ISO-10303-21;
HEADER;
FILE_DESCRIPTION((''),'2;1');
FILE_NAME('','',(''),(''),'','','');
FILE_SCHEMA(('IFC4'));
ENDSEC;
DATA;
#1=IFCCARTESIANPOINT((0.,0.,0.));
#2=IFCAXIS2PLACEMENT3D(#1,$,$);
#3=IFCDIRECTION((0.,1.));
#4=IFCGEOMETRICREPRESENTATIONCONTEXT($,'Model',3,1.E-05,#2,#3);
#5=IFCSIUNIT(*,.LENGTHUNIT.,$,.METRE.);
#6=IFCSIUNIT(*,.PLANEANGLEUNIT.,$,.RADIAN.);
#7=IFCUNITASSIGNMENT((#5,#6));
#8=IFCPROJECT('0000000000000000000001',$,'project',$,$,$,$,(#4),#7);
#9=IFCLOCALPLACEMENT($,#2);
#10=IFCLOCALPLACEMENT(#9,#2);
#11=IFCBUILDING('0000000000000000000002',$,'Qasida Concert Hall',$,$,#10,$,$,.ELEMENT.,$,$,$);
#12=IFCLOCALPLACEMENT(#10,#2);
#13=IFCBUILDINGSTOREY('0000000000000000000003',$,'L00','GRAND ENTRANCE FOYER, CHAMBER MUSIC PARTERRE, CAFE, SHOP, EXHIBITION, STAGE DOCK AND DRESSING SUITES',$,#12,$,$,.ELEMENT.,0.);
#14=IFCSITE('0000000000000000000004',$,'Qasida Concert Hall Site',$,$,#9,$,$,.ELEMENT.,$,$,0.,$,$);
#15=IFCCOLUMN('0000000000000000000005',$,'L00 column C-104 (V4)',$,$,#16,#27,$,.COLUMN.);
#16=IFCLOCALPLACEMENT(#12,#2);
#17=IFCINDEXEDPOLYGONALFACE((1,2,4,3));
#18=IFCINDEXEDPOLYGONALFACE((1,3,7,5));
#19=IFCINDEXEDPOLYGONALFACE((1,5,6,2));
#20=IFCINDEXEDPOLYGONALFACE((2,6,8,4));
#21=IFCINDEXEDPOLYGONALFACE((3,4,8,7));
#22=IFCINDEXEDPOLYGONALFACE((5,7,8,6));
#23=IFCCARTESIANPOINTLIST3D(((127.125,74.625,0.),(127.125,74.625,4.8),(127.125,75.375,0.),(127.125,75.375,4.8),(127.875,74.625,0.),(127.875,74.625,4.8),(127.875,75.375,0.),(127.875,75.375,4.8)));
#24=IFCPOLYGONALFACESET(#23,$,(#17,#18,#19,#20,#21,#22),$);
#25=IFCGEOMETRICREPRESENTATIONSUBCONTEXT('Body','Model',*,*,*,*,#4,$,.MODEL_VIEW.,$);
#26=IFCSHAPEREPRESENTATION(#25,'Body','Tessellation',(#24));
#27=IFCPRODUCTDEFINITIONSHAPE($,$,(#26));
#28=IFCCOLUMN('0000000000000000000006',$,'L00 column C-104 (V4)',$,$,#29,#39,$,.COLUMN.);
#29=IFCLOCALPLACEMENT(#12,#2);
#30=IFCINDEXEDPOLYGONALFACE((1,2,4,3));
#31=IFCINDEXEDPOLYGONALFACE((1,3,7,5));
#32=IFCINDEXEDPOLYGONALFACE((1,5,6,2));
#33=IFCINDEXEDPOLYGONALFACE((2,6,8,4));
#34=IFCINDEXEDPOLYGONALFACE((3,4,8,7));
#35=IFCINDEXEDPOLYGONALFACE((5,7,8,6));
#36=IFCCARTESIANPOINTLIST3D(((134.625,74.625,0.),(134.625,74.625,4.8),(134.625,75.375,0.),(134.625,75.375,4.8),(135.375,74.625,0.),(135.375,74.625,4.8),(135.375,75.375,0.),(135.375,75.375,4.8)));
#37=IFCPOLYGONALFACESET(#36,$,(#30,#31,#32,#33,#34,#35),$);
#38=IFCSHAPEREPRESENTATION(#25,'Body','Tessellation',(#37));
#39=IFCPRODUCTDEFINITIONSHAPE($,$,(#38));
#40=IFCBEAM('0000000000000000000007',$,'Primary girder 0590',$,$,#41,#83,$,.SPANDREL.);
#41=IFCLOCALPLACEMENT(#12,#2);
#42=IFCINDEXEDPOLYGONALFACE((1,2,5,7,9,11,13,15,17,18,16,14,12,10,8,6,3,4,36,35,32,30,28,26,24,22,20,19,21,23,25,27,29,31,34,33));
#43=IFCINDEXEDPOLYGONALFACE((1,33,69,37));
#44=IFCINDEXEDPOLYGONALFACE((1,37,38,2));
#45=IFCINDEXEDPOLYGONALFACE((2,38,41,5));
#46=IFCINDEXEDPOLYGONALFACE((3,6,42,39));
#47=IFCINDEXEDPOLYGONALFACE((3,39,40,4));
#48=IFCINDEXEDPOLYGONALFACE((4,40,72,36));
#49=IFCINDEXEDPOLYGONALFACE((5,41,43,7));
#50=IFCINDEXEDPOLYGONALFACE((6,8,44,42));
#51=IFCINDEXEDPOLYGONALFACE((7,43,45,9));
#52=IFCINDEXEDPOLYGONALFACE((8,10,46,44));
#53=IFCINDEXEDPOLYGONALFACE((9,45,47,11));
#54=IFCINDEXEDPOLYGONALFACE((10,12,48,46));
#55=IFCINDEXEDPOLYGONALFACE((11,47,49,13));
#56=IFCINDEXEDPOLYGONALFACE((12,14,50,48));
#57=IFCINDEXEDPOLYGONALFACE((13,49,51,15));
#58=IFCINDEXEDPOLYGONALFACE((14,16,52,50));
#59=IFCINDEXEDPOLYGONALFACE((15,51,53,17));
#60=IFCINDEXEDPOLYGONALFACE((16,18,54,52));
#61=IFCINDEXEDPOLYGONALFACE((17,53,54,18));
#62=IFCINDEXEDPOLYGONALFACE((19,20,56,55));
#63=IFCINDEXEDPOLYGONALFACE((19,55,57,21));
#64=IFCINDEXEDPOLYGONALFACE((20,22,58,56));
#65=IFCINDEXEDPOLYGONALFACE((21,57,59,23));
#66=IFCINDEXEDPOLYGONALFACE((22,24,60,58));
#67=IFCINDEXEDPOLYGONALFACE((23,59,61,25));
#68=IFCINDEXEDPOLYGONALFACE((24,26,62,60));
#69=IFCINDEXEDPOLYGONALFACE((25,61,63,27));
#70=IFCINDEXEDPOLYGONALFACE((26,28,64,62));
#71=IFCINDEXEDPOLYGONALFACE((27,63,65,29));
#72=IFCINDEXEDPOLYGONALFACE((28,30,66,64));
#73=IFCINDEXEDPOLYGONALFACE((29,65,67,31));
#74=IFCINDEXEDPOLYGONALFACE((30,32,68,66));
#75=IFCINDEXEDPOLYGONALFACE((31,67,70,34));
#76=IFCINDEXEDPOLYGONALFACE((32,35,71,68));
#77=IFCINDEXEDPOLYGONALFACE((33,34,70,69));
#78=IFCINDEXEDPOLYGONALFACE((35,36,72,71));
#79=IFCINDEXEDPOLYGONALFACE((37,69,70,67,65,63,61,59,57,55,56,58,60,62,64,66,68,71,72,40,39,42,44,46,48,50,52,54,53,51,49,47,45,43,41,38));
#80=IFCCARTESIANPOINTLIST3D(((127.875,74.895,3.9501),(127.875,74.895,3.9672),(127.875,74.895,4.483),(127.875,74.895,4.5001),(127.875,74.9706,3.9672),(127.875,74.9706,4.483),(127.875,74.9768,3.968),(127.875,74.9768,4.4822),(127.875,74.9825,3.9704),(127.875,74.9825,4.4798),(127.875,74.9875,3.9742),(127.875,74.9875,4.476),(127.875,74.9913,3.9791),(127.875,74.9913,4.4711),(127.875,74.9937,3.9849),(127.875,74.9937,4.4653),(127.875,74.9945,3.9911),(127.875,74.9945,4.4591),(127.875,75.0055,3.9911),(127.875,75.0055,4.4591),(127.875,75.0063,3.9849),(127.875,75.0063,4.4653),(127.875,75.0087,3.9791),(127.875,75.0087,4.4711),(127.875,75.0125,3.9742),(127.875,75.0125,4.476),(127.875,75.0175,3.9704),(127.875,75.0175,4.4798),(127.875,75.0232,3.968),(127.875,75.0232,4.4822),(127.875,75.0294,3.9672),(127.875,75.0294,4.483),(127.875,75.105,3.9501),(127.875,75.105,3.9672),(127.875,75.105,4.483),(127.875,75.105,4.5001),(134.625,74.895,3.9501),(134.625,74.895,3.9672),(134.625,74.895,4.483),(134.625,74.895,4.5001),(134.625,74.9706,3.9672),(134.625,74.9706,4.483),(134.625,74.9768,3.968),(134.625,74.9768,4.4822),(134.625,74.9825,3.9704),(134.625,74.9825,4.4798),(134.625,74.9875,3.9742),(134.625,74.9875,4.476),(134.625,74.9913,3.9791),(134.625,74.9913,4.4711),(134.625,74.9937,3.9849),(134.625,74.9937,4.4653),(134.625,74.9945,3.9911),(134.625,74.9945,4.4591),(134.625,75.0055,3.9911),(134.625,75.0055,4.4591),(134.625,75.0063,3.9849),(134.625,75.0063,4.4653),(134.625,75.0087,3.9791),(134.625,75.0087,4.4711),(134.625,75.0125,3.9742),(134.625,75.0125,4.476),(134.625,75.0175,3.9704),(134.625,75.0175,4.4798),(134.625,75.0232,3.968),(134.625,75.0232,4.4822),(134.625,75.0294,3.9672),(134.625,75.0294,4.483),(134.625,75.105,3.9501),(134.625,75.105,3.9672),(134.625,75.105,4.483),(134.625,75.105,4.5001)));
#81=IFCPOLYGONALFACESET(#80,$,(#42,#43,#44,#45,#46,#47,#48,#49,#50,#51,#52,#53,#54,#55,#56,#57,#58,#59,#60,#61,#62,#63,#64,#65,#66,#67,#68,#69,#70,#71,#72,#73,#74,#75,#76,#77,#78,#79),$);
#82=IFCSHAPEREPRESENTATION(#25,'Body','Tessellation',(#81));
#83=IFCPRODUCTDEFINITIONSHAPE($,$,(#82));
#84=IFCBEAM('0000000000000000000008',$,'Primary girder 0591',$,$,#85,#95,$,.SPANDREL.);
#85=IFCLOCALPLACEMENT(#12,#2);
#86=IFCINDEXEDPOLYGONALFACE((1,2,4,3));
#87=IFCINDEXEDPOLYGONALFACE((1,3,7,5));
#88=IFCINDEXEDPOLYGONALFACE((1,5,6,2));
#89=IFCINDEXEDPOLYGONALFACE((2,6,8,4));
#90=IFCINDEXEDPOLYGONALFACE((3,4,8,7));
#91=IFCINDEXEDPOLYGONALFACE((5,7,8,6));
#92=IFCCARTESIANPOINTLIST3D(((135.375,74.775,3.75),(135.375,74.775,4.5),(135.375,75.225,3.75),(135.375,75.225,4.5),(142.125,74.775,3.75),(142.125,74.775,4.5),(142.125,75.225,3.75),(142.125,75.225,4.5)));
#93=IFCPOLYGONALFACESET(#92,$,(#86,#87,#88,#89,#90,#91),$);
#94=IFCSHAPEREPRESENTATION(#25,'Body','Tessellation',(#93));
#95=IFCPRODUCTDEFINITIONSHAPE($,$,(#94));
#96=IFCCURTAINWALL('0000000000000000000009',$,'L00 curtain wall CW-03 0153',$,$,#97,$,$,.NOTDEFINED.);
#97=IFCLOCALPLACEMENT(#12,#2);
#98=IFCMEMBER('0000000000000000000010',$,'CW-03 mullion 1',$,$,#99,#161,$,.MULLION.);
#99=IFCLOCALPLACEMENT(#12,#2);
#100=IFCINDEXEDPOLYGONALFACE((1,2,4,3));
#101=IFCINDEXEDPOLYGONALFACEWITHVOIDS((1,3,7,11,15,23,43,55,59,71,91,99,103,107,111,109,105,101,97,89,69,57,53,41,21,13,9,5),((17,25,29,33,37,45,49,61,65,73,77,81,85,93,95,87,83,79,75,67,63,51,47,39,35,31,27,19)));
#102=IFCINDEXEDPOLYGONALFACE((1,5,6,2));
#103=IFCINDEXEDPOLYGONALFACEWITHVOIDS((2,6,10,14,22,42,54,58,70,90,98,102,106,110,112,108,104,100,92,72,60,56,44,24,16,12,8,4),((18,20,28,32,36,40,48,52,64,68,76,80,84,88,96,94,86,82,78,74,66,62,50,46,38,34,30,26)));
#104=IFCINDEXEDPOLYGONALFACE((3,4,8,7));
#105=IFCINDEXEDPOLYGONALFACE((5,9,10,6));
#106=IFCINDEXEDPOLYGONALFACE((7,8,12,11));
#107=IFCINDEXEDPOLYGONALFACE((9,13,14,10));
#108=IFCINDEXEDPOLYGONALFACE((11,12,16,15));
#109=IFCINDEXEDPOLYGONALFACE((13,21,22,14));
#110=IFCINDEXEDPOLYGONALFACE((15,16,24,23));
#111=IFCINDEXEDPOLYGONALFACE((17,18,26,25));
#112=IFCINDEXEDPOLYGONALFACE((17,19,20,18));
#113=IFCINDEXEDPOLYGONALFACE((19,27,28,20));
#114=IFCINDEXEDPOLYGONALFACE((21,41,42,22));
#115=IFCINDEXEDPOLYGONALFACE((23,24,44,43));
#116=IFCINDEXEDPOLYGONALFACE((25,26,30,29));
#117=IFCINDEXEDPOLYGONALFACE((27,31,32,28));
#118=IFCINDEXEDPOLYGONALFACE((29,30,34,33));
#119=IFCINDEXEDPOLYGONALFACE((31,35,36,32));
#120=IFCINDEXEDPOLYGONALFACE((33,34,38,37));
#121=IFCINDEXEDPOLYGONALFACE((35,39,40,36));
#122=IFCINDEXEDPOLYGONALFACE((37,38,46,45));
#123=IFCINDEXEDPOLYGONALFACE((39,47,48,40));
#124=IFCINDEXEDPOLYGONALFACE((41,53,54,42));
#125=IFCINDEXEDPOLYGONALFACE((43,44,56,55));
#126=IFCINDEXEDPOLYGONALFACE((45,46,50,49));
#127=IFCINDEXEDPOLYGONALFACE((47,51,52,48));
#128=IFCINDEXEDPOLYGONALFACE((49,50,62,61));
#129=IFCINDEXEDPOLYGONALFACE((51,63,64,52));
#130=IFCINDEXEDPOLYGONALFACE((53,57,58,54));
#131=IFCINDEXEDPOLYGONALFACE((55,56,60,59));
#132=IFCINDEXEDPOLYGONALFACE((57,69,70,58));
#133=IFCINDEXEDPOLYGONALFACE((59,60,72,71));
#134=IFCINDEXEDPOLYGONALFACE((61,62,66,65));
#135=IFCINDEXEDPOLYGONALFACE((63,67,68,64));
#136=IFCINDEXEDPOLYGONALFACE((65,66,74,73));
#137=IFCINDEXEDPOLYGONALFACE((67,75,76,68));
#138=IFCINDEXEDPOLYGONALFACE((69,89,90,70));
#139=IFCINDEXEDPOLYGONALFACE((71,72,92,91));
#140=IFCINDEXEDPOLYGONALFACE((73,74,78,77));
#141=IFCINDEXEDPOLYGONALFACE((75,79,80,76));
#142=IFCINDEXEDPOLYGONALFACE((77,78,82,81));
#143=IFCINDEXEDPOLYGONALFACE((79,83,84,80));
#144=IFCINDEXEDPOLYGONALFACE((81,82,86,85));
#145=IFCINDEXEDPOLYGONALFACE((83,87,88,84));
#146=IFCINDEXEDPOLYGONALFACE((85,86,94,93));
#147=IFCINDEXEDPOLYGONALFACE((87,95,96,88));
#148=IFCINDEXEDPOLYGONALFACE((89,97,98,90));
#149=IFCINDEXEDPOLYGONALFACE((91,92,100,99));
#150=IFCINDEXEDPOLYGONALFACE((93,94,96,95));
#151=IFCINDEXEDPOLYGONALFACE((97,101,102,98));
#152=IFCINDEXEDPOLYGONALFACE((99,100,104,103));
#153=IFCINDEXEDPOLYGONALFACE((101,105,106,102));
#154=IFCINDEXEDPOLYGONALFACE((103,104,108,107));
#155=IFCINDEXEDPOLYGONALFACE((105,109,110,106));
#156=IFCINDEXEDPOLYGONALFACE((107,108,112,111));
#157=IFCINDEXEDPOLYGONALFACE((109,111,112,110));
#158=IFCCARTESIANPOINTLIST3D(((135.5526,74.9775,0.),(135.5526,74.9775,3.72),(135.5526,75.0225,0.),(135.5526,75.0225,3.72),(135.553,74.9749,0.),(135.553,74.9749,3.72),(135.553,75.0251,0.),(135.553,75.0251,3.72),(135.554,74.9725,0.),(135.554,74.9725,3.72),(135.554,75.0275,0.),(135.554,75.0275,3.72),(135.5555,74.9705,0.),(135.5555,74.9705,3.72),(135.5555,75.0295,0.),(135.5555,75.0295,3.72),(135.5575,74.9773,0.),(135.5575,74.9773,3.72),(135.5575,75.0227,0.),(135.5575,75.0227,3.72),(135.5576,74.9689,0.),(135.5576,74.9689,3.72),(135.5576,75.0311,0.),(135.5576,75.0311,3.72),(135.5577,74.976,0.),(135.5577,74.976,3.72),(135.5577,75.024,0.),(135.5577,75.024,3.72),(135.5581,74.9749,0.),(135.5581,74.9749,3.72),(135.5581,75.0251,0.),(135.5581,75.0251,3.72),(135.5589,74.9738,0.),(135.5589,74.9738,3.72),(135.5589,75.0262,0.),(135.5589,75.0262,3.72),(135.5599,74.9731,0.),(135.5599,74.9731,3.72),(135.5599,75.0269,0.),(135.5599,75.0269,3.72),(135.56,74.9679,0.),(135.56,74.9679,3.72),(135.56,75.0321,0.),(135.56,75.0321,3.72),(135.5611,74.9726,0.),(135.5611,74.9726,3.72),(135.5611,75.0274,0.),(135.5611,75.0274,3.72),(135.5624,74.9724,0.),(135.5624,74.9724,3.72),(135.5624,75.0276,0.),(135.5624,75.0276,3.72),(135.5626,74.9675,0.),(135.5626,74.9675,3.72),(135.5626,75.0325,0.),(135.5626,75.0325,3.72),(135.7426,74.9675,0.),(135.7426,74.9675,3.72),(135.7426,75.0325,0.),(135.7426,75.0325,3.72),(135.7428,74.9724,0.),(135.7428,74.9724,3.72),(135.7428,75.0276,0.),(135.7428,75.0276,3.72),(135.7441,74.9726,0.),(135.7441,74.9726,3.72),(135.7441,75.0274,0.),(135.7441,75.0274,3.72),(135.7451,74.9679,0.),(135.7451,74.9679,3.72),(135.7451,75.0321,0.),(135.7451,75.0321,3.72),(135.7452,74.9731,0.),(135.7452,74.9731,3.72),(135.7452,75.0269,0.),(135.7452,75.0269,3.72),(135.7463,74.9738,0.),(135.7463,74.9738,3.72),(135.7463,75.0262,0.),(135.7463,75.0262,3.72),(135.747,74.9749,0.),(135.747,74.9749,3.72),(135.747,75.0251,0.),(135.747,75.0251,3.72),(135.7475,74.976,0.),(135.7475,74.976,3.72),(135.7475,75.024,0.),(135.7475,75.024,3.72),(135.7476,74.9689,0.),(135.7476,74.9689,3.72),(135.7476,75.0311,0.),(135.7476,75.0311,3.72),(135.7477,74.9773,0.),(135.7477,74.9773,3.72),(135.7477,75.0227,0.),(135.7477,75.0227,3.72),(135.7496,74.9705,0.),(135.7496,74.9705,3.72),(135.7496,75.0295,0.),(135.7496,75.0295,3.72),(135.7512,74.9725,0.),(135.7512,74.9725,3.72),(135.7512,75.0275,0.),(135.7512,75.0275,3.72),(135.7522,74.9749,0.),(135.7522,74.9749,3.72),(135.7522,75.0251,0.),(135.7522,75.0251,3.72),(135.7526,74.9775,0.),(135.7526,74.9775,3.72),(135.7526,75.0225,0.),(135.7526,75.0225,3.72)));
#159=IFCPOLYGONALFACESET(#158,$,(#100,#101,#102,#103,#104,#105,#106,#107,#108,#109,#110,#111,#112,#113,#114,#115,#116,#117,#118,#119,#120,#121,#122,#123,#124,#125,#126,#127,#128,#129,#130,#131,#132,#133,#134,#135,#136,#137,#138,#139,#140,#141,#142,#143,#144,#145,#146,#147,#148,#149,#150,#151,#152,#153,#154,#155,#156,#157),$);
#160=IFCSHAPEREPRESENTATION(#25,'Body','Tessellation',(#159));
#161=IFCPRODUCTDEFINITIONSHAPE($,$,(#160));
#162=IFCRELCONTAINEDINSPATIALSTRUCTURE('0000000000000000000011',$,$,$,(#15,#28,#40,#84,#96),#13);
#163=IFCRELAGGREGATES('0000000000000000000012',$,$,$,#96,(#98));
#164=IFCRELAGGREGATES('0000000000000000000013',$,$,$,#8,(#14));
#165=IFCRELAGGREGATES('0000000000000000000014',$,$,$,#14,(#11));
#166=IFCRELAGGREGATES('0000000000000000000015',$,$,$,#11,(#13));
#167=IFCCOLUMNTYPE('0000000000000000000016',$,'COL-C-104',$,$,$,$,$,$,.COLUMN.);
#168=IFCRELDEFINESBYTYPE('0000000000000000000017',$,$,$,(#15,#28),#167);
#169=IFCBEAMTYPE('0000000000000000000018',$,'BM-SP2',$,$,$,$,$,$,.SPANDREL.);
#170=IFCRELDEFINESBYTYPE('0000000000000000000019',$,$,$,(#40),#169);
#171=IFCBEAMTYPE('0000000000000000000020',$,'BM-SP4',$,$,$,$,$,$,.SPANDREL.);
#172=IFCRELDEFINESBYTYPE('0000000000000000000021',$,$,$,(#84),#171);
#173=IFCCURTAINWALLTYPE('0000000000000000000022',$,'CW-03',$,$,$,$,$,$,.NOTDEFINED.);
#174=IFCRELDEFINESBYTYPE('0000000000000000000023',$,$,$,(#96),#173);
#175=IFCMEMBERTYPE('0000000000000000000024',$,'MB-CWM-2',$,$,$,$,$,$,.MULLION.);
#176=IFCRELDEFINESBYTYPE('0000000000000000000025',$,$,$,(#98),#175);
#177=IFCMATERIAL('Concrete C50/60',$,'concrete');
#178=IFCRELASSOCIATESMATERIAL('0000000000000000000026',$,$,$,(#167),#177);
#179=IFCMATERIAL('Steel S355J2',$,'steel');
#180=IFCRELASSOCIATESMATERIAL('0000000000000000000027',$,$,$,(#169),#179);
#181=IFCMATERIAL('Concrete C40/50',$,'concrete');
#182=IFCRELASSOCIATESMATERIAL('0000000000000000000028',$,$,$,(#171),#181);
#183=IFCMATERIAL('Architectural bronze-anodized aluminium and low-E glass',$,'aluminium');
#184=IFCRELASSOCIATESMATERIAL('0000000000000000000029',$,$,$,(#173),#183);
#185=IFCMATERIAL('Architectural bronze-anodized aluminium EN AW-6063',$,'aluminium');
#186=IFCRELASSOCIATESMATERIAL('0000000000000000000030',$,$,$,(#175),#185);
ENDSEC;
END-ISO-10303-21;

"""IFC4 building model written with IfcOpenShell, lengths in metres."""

from ifc_helpers import new_model, si_unit, direction, frame, origin, origin_2d, place, context, subcontext, project, spatial, rectangle, hollow_rectangle, i_section, extrude, material, material_profile, profile_set, type_object, element, aggregate, save


model = new_model("IFC4")

# Units and contexts
model_context = context("Model", 3, precision=1e-05, world=origin(), true_north=direction((0.0, 1.0)))
body_context = subcontext(model_context, "Body", "Model", "MODEL_VIEW")
ifc_project = project(units=[si_unit("LENGTHUNIT", "METRE"), si_unit("PLANEANGLEUNIT", "RADIAN")], contexts=[model_context])

# Site, building, storey
site_placement = place(None, origin())
site = spatial("IfcSite", under=ifc_project, at=site_placement, Name="Qasida Concert Hall Site", CompositionType="ELEMENT", RefElevation=0.0)
building_placement = place(site_placement, origin())
building = spatial("IfcBuilding", under=site, at=building_placement, Name="Qasida Concert Hall", CompositionType="ELEMENT")
storey_placement = place(building_placement, origin())
storey = spatial("IfcBuildingStorey", under=building, at=storey_placement, Name="L00", Description="GRAND ENTRANCE FOYER, CHAMBER MUSIC PARTERRE, CAFE, SHOP, EXHIBITION, STAGE DOCK AND DRESSING SUITES", CompositionType="ELEMENT", Elevation=0.0)

# Columns
ifc_material_1 = material(Name="Concrete C50/60", Category="concrete")
ifc_material_profile_1 = material_profile(ifc_material_1, rectangle(XDim=0.75, YDim=0.75, at=origin_2d()), Name="RC 750x750")
ifc_profile_set_1 = profile_set([ifc_material_profile_1], Name="Concrete C50/60")
column_type = type_object("IfcColumnType", Name="COL-C-104", PredefinedType="COLUMN", material=ifc_profile_set_1)
for number, where, z_axis, x_axis, name in (
    (1, (127.5, 75.0, 0.0), (0.0, 0.0, 1.0), (1.0, 0.0, 0.0), "L00 column C-104 (V4)"),
    (2, (135.0, 75.0, 0.0), (0.0, 0.0, 1.0), (1.0, 0.0, 0.0), "L00 column C-104 (V4)"),
):
    element("IfcColumn", number, at=place(storey_placement, frame(where, z_axis=z_axis, x_axis=x_axis)), inside=storey, type_object=column_type, Name=name, PredefinedType="COLUMN", context=body_context, shape_type="SweptSolid", body=[
        extrude(rectangle(XDim=0.75, YDim=0.75, at=origin_2d()), origin(), (0.0, 0.0, 1.0), 4.8),
    ])

# Beams
ifc_material_2 = material(Name="Steel S355J2", Category="steel")
ifc_material_profile_2 = material_profile(ifc_material_2, i_section(OverallWidth=0.21, OverallDepth=0.55, WebThickness=0.011, FlangeThickness=0.0171, FilletRadius=0.0239, at=origin_2d()), Name="IPE 550")
ifc_profile_set_2 = profile_set([ifc_material_profile_2], Name="Steel S355J2")
beam_type_1 = type_object("IfcBeamType", Name="BM-SP2", PredefinedType="SPANDREL", material=ifc_profile_set_2)
beam_1_placement = place(storey_placement, frame((127.875, 75.0, 4.2251), z_axis=(1.0, 0.0, 0.0), x_axis=(0.0, 1.0, 0.0)))
element("IfcBeam", 3, at=beam_1_placement, inside=storey, type_object=beam_type_1, Name="Primary girder 0590", PredefinedType="SPANDREL", context=body_context, shape_type="SweptSolid", body=[
    extrude(i_section(OverallWidth=0.21, OverallDepth=0.55, WebThickness=0.011, FlangeThickness=0.0171, FilletRadius=0.0239, at=origin_2d()), origin(), (0.0, 0.0, 1.0), 6.75),
])
ifc_material_3 = material(Name="Concrete C40/50", Category="concrete")
ifc_material_profile_3 = material_profile(ifc_material_3, rectangle(XDim=0.45, YDim=0.75, at=origin_2d()), Name="RC 450x750")
ifc_profile_set_3 = profile_set([ifc_material_profile_3], Name="Concrete C40/50")
beam_type_2 = type_object("IfcBeamType", Name="BM-SP4", PredefinedType="SPANDREL", material=ifc_profile_set_3)
beam_2_placement = place(storey_placement, frame((135.375, 75.0, 4.125), z_axis=(1.0, 0.0, 0.0), x_axis=(0.0, 1.0, 0.0)))
element("IfcBeam", 4, at=beam_2_placement, inside=storey, type_object=beam_type_2, Name="Primary girder 0591", PredefinedType="SPANDREL", context=body_context, shape_type="SweptSolid", body=[
    extrude(rectangle(XDim=0.45, YDim=0.75, at=origin_2d()), origin(), (0.0, 0.0, 1.0), 6.75),
])

# Curtain wall, member
ifc_material_4 = material(Name="Architectural bronze-anodized aluminium and low-E glass", Category="aluminium")
curtain_wall_type = type_object("IfcCurtainWallType", Name="CW-03", PredefinedType="NOTDEFINED", material=ifc_material_4)
curtain_wall_placement = place(storey_placement, origin())
curtain_wall = element("IfcCurtainWall", 5, at=curtain_wall_placement, inside=storey, type_object=curtain_wall_type, Name="L00 curtain wall CW-03 0153", PredefinedType="NOTDEFINED")
ifc_material_5 = material(Name="Architectural bronze-anodized aluminium EN AW-6063", Category="aluminium")
ifc_material_profile_4 = material_profile(ifc_material_5, hollow_rectangle(XDim=0.0649, YDim=0.2, WallThickness=0.0049, InnerFilletRadius=0.0049, OuterFilletRadius=0.01, at=origin_2d()), Name="CWM 200x65x5")
ifc_profile_set_4 = profile_set([ifc_material_profile_4], Name="Architectural bronze-anodized aluminium EN AW-6063")
member_type_1 = type_object("IfcMemberType", Name="MB-CWM-2", PredefinedType="MULLION", material=ifc_profile_set_4)
member_1_placement = place(storey_placement, frame((135.6526, 75.0, 0.0), z_axis=(0.0, 0.0, 1.0), x_axis=(0.0, 1.0, 0.0)))
member_1 = element("IfcMember", 6, at=member_1_placement, type_object=member_type_1, Name="CW-03 mullion 1", PredefinedType="MULLION", context=body_context, shape_type="SweptSolid", body=[
    extrude(hollow_rectangle(XDim=0.0649, YDim=0.2, WallThickness=0.0049, InnerFilletRadius=0.0049, OuterFilletRadius=0.01, at=origin_2d()), origin(), (0.0, 0.0, 1.0), 3.72),
])
aggregate(curtain_wall, [member_1])

save(model, "model.ifc")
